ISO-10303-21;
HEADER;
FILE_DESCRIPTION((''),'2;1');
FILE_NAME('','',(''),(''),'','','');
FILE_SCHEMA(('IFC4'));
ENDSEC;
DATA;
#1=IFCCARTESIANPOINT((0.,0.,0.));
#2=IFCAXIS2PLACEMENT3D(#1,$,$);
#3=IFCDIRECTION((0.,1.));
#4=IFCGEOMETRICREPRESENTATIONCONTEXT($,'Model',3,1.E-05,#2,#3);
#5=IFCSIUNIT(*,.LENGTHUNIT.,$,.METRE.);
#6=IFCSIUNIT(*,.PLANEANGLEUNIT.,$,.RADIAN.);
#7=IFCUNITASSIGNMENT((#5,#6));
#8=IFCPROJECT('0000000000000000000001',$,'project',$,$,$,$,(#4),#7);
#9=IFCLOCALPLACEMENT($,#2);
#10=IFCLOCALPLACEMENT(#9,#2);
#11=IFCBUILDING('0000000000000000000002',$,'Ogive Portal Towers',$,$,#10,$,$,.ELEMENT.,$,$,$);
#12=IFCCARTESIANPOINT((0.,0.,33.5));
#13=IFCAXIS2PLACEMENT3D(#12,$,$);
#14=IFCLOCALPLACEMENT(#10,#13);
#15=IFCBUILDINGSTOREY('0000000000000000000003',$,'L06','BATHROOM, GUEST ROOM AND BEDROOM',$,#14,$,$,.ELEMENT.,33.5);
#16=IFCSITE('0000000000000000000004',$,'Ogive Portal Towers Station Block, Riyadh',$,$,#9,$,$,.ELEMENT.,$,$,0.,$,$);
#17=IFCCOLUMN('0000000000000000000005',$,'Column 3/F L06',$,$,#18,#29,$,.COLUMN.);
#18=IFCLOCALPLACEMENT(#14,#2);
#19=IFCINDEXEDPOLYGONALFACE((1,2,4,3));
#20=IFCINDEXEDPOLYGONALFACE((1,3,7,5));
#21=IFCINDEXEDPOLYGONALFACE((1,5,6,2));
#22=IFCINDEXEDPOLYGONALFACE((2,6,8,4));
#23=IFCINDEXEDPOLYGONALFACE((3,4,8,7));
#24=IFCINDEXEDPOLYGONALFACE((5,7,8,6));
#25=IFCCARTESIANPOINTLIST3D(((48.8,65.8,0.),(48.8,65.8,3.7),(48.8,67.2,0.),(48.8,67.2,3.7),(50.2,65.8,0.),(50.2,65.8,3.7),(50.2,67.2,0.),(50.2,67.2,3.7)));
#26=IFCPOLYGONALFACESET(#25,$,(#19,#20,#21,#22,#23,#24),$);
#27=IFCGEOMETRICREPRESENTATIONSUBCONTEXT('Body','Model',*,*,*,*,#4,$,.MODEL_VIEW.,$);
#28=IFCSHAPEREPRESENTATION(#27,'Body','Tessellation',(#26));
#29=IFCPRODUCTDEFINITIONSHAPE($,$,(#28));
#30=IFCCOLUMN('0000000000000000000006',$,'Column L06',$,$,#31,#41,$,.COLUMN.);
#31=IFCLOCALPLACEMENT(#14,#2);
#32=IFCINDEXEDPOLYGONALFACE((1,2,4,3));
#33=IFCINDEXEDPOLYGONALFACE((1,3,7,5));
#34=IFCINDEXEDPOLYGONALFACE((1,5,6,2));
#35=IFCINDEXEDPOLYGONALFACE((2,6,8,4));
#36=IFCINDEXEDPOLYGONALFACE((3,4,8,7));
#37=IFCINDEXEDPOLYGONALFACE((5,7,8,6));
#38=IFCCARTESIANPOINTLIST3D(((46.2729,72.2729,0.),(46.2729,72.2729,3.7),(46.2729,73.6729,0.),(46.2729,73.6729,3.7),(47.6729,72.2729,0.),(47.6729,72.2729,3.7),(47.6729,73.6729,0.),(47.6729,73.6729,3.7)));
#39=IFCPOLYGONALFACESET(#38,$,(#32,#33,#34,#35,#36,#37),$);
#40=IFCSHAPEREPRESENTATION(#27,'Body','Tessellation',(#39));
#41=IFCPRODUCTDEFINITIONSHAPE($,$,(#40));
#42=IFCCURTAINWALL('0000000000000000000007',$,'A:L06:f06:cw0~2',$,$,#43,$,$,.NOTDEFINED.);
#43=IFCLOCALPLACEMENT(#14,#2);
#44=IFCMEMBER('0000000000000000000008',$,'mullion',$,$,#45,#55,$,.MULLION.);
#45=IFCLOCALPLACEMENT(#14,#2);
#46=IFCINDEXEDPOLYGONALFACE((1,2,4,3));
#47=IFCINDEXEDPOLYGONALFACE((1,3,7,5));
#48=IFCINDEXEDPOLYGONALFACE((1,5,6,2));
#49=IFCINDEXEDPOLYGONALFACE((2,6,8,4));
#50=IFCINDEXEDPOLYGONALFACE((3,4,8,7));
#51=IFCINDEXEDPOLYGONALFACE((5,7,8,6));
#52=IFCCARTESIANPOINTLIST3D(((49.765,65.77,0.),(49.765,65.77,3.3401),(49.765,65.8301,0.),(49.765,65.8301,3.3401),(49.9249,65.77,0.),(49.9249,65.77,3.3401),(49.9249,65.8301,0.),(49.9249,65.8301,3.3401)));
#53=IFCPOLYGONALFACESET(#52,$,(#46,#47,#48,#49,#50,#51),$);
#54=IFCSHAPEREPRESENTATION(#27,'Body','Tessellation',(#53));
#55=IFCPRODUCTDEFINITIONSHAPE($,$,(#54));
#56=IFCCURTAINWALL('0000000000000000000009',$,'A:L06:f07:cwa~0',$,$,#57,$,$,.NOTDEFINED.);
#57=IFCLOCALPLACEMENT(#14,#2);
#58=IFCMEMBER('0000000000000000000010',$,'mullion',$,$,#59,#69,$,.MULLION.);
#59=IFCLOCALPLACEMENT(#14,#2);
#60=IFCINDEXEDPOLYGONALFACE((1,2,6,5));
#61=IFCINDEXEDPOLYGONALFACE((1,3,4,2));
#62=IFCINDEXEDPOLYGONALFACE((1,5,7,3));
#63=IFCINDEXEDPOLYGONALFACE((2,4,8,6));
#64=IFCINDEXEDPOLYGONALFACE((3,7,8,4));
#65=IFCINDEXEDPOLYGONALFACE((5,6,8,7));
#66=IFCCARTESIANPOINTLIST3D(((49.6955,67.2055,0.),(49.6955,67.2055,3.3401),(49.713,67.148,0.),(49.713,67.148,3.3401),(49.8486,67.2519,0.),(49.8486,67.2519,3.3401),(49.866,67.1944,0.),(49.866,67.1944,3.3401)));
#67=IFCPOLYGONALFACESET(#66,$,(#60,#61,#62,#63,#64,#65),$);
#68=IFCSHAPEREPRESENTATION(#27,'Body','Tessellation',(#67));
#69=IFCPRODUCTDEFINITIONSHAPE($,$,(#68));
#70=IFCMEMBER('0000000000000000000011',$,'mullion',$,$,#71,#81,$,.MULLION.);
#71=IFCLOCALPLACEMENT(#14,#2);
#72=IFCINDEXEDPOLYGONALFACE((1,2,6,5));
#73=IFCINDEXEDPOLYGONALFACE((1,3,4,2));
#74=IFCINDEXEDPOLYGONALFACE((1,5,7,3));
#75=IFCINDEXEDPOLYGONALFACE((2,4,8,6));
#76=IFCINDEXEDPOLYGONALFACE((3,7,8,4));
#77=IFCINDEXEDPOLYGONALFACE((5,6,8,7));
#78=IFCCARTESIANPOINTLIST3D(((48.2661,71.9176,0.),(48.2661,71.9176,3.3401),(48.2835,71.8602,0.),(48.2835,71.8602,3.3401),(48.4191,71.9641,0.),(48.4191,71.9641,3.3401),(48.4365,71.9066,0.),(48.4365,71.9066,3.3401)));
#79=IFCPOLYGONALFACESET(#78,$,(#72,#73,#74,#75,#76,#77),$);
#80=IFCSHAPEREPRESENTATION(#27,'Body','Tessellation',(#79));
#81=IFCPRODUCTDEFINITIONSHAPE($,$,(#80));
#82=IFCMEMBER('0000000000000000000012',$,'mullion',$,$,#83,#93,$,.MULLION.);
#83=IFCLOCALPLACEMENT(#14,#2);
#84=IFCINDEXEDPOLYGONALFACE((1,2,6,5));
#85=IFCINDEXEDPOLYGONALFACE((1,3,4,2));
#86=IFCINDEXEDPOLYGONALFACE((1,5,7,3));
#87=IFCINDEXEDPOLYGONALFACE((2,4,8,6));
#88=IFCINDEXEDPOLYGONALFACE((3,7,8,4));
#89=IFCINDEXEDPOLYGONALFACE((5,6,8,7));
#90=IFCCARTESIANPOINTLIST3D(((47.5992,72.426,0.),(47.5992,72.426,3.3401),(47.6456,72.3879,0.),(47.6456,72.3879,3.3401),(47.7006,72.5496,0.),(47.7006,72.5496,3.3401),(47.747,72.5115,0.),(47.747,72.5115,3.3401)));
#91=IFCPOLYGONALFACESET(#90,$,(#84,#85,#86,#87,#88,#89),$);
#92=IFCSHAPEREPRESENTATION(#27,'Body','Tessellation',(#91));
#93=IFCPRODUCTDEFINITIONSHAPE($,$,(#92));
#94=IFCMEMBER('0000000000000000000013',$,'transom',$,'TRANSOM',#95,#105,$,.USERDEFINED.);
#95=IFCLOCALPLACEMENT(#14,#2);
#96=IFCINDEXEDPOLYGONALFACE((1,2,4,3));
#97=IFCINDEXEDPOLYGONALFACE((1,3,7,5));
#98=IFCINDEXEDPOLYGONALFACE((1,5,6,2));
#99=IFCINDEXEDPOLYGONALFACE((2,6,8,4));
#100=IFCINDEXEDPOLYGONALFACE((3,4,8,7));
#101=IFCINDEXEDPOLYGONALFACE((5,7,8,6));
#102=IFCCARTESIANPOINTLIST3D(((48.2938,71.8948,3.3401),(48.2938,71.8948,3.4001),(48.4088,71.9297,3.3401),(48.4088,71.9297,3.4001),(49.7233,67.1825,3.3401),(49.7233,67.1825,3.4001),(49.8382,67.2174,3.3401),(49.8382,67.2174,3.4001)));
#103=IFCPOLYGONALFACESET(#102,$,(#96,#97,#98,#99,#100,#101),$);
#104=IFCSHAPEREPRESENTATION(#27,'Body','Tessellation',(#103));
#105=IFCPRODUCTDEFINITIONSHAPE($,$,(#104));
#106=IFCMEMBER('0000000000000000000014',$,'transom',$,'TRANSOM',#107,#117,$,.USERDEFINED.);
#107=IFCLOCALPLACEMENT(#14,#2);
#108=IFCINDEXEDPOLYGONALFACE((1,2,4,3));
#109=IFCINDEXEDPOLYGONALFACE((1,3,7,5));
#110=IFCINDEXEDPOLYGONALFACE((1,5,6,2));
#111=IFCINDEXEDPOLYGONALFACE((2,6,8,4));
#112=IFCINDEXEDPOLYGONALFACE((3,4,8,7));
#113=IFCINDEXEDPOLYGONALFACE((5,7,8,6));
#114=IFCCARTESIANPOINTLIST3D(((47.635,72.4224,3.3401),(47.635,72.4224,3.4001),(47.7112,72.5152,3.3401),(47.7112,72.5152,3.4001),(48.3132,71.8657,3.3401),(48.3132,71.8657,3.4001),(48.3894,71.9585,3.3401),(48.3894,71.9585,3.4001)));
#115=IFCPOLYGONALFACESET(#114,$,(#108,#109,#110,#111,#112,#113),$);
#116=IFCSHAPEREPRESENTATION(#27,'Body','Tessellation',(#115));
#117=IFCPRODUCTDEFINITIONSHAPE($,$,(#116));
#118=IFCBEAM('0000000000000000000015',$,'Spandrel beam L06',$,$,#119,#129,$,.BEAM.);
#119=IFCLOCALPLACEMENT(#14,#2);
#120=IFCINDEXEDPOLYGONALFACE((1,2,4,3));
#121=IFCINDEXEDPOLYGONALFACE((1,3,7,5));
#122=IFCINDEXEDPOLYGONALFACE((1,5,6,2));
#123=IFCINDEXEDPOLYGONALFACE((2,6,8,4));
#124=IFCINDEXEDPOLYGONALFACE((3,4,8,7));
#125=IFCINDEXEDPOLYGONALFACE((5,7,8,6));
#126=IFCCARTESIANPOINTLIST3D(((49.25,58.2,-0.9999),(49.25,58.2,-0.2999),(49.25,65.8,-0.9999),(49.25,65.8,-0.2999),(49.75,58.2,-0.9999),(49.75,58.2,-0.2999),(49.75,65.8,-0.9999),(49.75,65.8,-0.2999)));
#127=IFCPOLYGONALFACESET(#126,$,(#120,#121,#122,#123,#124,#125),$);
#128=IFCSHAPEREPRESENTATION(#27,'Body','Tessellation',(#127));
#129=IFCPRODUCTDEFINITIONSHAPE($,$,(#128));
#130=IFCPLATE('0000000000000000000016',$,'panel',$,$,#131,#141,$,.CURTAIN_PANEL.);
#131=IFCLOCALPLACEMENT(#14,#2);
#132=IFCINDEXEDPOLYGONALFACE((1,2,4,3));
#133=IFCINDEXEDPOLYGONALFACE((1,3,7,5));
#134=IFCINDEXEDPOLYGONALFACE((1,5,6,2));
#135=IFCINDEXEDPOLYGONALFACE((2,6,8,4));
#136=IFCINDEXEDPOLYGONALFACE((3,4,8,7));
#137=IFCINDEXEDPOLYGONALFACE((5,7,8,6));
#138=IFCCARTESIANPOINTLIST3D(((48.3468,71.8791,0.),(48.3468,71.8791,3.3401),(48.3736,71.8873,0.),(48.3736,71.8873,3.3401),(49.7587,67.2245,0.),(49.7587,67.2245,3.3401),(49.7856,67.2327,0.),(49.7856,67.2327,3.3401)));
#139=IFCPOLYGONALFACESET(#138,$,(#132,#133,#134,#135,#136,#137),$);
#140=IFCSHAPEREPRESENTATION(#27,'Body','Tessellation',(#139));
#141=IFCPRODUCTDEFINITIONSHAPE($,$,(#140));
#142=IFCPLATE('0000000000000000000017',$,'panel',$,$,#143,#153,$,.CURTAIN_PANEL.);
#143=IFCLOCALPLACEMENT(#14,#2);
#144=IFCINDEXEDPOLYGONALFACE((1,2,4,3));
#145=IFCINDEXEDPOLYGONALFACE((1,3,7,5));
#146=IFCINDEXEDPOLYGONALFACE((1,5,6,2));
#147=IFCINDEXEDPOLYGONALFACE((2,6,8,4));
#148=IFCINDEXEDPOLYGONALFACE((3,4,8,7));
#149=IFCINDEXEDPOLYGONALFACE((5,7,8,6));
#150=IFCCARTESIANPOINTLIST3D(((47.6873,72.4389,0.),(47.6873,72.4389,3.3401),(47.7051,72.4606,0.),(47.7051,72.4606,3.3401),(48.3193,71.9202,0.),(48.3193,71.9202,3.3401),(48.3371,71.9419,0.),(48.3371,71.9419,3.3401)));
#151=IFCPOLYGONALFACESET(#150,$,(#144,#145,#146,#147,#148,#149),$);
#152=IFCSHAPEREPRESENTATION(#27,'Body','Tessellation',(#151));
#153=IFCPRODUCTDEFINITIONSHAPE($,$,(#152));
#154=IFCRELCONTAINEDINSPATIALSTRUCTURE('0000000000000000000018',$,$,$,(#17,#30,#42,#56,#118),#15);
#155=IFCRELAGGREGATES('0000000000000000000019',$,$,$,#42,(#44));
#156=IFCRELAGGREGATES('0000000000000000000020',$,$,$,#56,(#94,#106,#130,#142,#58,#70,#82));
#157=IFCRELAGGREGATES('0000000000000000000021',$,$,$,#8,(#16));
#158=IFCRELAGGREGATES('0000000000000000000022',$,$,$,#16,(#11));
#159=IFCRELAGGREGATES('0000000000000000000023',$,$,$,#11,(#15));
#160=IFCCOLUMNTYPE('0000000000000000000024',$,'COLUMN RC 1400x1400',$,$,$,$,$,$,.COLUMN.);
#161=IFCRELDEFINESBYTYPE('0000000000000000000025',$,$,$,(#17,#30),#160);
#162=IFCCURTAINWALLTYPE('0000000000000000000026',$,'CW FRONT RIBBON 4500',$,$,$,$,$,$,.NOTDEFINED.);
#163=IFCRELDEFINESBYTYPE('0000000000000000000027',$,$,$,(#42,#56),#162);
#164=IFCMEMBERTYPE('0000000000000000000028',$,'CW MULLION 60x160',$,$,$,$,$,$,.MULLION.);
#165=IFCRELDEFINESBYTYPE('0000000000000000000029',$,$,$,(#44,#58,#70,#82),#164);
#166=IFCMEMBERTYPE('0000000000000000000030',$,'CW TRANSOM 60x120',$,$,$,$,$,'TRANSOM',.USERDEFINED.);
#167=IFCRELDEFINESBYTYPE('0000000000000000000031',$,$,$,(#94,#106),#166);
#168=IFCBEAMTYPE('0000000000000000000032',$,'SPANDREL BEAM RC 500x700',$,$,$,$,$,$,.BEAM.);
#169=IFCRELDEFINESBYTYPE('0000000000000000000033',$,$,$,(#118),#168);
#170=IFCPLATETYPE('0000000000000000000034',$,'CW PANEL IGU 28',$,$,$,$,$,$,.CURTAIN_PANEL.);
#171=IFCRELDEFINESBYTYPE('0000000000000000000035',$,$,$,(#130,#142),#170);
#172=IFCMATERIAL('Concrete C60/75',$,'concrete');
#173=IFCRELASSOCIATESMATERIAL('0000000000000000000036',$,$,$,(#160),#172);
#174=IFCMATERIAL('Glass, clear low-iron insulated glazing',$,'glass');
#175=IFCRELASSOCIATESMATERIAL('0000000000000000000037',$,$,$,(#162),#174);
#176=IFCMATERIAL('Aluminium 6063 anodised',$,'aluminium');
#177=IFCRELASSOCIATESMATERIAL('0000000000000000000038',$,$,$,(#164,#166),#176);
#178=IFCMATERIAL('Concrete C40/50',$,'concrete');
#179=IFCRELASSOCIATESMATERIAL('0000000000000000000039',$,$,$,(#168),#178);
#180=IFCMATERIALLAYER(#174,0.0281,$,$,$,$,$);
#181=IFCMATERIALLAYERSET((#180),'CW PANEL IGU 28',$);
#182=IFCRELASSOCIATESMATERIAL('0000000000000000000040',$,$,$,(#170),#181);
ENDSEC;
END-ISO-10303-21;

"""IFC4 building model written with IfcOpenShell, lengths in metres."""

from ifc_helpers import new_model, si_unit, direction, frame, origin, origin_2d, place, context, subcontext, project, spatial, rectangle, extrude, material, layer, layer_set, material_profile, profile_set, type_object, element, aggregate, save


model = new_model("IFC4")

# Units and contexts
model_context = context("Model", 3, precision=1e-05, world=origin(), true_north=direction((0.0, 1.0)))
body_context = subcontext(model_context, "Body", "Model", "MODEL_VIEW")
ifc_project = project(units=[si_unit("LENGTHUNIT", "METRE"), si_unit("PLANEANGLEUNIT", "RADIAN")], contexts=[model_context])

# Site, building, storey
site_placement = place(None, origin())
site = spatial("IfcSite", under=ifc_project, at=site_placement, Name="Ogive Portal Towers Station Block, Riyadh", CompositionType="ELEMENT", RefElevation=0.0)
building_placement = place(site_placement, origin())
building = spatial("IfcBuilding", under=site, at=building_placement, Name="Ogive Portal Towers", CompositionType="ELEMENT")
storey_placement = place(building_placement, frame((0.0, 0.0, 33.5)))
storey = spatial("IfcBuildingStorey", under=building, at=storey_placement, Name="L06", Description="BATHROOM, GUEST ROOM AND BEDROOM", CompositionType="ELEMENT", Elevation=33.5)

# Columns
ifc_material_1 = material(Name="Concrete C60/75", Category="concrete")
ifc_material_profile_1 = material_profile(ifc_material_1, rectangle(XDim=1.3999, YDim=1.3999, at=origin_2d()), Name="RC 1400x1400")
ifc_profile_set_1 = profile_set([ifc_material_profile_1], Name="Concrete C60/75")
column_type = type_object("IfcColumnType", Name="COLUMN RC 1400x1400", PredefinedType="COLUMN", material=ifc_profile_set_1)
for number, where, z_axis, x_axis, name in (
    (1, (49.5, 66.5, 0.0), (0.0, 0.0, 1.0), (1.0, 0.0, 0.0), "Column 3/F L06"),
    (2, (46.9729, 72.9729, 0.0), (0.0, 0.0, 1.0), (1.0, 0.0, 0.0), "Column L06"),
):
    element("IfcColumn", number, at=place(storey_placement, frame(where, z_axis=z_axis, x_axis=x_axis)), inside=storey, type_object=column_type, Name=name, PredefinedType="COLUMN", context=body_context, shape_type="SweptSolid", body=[
        extrude(rectangle(XDim=1.3999, YDim=1.3999, at=origin_2d()), origin(), (0.0, 0.0, 1.0), 3.7),
    ])

# Curtain wall, member
ifc_material_2 = material(Name="Glass, clear low-iron insulated glazing", Category="glass")
curtain_wall_type = type_object("IfcCurtainWallType", Name="CW FRONT RIBBON 4500", PredefinedType="NOTDEFINED", material=ifc_material_2)
curtain_wall_1_placement = place(storey_placement, origin())
curtain_wall_1 = element("IfcCurtainWall", 3, at=curtain_wall_1_placement, inside=storey, type_object=curtain_wall_type, Name="A:L06:f06:cw0~2", PredefinedType="NOTDEFINED")
ifc_material_3 = material(Name="Aluminium 6063 anodised", Category="aluminium")
ifc_material_profile_2 = material_profile(ifc_material_3, rectangle(XDim=0.1599, YDim=0.0601, at=origin_2d()), Name="AL 60x160")
ifc_profile_set_2 = profile_set([ifc_material_profile_2], Name="Aluminium 6063 anodised")
member_type_1 = type_object("IfcMemberType", Name="CW MULLION 60x160", PredefinedType="MULLION", material=ifc_profile_set_2)
member_1_placement = place(storey_placement, frame((49.845, 65.8, 0.0), z_axis=(0.0, 0.0, 1.0), x_axis=(-1.0, 0.0, 0.0)))
member_1 = element("IfcMember", 4, at=member_1_placement, type_object=member_type_1, Name="mullion", PredefinedType="MULLION", context=body_context, shape_type="SweptSolid", body=[
    extrude(rectangle(XDim=0.1599, YDim=0.0601, at=origin_2d()), origin(), (0.0, 0.0, 1.0), 3.3401),
])
aggregate(curtain_wall_1, [member_1])

# Curtain wall, members
curtain_wall_2_placement = place(storey_placement, origin())
curtain_wall_2 = element("IfcCurtainWall", 5, at=curtain_wall_2_placement, inside=storey, type_object=curtain_wall_type, Name="A:L06:f07:cwa~0", PredefinedType="NOTDEFINED")
member_2_placement = place(storey_placement, frame((49.7808, 67.2, 0.0), z_axis=(0.0, 0.0, 1.0), x_axis=(-0.95694, -0.290285, 0.0)))
member_2 = element("IfcMember", 6, at=member_2_placement, type_object=member_type_1, Name="mullion", PredefinedType="MULLION", context=body_context, shape_type="SweptSolid", body=[
    extrude(rectangle(XDim=0.1599, YDim=0.0601, at=origin_2d()), origin(), (0.0, 0.0, 1.0), 3.3401),
])
member_3_placement = place(storey_placement, frame((48.3513, 71.9121, 0.0), z_axis=(0.0, 0.0, 1.0), x_axis=(-0.95694, -0.290285, 0.0)))
member_3 = element("IfcMember", 7, at=member_3_placement, type_object=member_type_1, Name="mullion", PredefinedType="MULLION", context=body_context, shape_type="SweptSolid", body=[
    extrude(rectangle(XDim=0.1599, YDim=0.0601, at=origin_2d()), origin(), (0.0, 0.0, 1.0), 3.3401),
])
member_4_placement = place(storey_placement, frame((47.6731, 72.4688, 0.0), z_axis=(0.0, 0.0, 1.0), x_axis=(-0.634393, -0.77301, 0.0)))
member_4 = element("IfcMember", 8, at=member_4_placement, type_object=member_type_1, Name="mullion", PredefinedType="MULLION", context=body_context, shape_type="SweptSolid", body=[
    extrude(rectangle(XDim=0.1599, YDim=0.0601, at=origin_2d()), origin(), (0.0, 0.0, 1.0), 3.3401),
])
ifc_material_profile_3 = material_profile(ifc_material_3, rectangle(XDim=0.1201, YDim=0.0601, at=origin_2d()), Name="AL 120x60")
ifc_profile_set_3 = profile_set([ifc_material_profile_3], Name="Aluminium 6063 anodised")
member_type_2 = type_object("IfcMemberType", Name="CW TRANSOM 60x120", ElementType="TRANSOM", PredefinedType="USERDEFINED", material=ifc_profile_set_3)
member_5_placement = place(storey_placement, frame((49.7808, 67.2, 3.3701), z_axis=(-0.290289, 0.956939, 0.0), x_axis=(-0.956939, -0.290289, 0.0)))
member_5 = element("IfcMember", 9, at=member_5_placement, type_object=member_type_2, Name="transom", ObjectType="TRANSOM", PredefinedType="USERDEFINED", context=body_context, shape_type="SweptSolid", body=[
    extrude(rectangle(XDim=0.1201, YDim=0.0601, at=origin_2d()), origin(), (0.0, 0.0, 1.0), 4.9243),
])
member_6_placement = place(storey_placement, frame((48.3513, 71.9121, 3.3701), z_axis=(-0.772989, 0.634419, 0.0), x_axis=(-0.634419, -0.772989, 0.0)))
member_6 = element("IfcMember", 10, at=member_6_placement, type_object=member_type_2, Name="transom", ObjectType="TRANSOM", PredefinedType="USERDEFINED", context=body_context, shape_type="SweptSolid", body=[
    extrude(rectangle(XDim=0.1201, YDim=0.0601, at=origin_2d()), origin(), (0.0, 0.0, 1.0), 0.8774),
])

# Beam
ifc_material_4 = material(Name="Concrete C40/50", Category="concrete")
ifc_material_profile_4 = material_profile(ifc_material_4, rectangle(XDim=0.5, YDim=0.7, at=origin_2d()), Name="RC 500x700")
ifc_profile_set_4 = profile_set([ifc_material_profile_4], Name="Concrete C40/50")
beam_type = type_object("IfcBeamType", Name="SPANDREL BEAM RC 500x700", PredefinedType="BEAM", material=ifc_profile_set_4)
beam_placement = place(storey_placement, frame((49.5, 65.8, -0.6499), z_axis=(0.0, -1.0, 0.0), x_axis=(1.0, 0.0, 0.0)))
element("IfcBeam", 11, at=beam_placement, inside=storey, type_object=beam_type, Name="Spandrel beam L06", PredefinedType="BEAM", context=body_context, shape_type="SweptSolid", body=[
    extrude(rectangle(XDim=0.5, YDim=0.7, at=origin_2d()), origin(), (0.0, 0.0, 1.0), 7.6001),
])

# Plates
ifc_layer_1 = layer(ifc_material_2, 0.0281)
ifc_layer_set_1 = layer_set([ifc_layer_1], Name="CW PANEL IGU 28")
plate_type = type_object("IfcPlateType", Name="CW PANEL IGU 28", PredefinedType="CURTAIN_PANEL", material=ifc_layer_set_1)
plate_1_placement = place(storey_placement, frame((49.0662, 69.5559, 0.0), z_axis=(0.0, 0.0, 1.0), x_axis=(-0.290285, 0.95694, 0.0)))
plate_1 = element("IfcPlate", 12, at=plate_1_placement, type_object=plate_type, Name="panel", PredefinedType="CURTAIN_PANEL", context=body_context, shape_type="SweptSolid", body=[
    extrude(rectangle(XDim=4.864, YDim=0.0281, at=origin_2d()), origin(), (0.0, 0.0, 1.0), 3.3401),
])
plate_2_placement = place(storey_placement, frame((48.0122, 72.1904, 0.0), z_axis=(0.0, 0.0, 1.0), x_axis=(-0.77301, 0.634393, 0.0)))
plate_2 = element("IfcPlate", 13, at=plate_2_placement, type_object=plate_type, Name="panel", PredefinedType="CURTAIN_PANEL", context=body_context, shape_type="SweptSolid", body=[
    extrude(rectangle(XDim=0.8176, YDim=0.0281, at=origin_2d()), origin(), (0.0, 0.0, 1.0), 3.3401),
])
aggregate(curtain_wall_2, [member_5, member_6, plate_1, plate_2, member_2, member_3, member_4])

save(model, "model.ifc")
